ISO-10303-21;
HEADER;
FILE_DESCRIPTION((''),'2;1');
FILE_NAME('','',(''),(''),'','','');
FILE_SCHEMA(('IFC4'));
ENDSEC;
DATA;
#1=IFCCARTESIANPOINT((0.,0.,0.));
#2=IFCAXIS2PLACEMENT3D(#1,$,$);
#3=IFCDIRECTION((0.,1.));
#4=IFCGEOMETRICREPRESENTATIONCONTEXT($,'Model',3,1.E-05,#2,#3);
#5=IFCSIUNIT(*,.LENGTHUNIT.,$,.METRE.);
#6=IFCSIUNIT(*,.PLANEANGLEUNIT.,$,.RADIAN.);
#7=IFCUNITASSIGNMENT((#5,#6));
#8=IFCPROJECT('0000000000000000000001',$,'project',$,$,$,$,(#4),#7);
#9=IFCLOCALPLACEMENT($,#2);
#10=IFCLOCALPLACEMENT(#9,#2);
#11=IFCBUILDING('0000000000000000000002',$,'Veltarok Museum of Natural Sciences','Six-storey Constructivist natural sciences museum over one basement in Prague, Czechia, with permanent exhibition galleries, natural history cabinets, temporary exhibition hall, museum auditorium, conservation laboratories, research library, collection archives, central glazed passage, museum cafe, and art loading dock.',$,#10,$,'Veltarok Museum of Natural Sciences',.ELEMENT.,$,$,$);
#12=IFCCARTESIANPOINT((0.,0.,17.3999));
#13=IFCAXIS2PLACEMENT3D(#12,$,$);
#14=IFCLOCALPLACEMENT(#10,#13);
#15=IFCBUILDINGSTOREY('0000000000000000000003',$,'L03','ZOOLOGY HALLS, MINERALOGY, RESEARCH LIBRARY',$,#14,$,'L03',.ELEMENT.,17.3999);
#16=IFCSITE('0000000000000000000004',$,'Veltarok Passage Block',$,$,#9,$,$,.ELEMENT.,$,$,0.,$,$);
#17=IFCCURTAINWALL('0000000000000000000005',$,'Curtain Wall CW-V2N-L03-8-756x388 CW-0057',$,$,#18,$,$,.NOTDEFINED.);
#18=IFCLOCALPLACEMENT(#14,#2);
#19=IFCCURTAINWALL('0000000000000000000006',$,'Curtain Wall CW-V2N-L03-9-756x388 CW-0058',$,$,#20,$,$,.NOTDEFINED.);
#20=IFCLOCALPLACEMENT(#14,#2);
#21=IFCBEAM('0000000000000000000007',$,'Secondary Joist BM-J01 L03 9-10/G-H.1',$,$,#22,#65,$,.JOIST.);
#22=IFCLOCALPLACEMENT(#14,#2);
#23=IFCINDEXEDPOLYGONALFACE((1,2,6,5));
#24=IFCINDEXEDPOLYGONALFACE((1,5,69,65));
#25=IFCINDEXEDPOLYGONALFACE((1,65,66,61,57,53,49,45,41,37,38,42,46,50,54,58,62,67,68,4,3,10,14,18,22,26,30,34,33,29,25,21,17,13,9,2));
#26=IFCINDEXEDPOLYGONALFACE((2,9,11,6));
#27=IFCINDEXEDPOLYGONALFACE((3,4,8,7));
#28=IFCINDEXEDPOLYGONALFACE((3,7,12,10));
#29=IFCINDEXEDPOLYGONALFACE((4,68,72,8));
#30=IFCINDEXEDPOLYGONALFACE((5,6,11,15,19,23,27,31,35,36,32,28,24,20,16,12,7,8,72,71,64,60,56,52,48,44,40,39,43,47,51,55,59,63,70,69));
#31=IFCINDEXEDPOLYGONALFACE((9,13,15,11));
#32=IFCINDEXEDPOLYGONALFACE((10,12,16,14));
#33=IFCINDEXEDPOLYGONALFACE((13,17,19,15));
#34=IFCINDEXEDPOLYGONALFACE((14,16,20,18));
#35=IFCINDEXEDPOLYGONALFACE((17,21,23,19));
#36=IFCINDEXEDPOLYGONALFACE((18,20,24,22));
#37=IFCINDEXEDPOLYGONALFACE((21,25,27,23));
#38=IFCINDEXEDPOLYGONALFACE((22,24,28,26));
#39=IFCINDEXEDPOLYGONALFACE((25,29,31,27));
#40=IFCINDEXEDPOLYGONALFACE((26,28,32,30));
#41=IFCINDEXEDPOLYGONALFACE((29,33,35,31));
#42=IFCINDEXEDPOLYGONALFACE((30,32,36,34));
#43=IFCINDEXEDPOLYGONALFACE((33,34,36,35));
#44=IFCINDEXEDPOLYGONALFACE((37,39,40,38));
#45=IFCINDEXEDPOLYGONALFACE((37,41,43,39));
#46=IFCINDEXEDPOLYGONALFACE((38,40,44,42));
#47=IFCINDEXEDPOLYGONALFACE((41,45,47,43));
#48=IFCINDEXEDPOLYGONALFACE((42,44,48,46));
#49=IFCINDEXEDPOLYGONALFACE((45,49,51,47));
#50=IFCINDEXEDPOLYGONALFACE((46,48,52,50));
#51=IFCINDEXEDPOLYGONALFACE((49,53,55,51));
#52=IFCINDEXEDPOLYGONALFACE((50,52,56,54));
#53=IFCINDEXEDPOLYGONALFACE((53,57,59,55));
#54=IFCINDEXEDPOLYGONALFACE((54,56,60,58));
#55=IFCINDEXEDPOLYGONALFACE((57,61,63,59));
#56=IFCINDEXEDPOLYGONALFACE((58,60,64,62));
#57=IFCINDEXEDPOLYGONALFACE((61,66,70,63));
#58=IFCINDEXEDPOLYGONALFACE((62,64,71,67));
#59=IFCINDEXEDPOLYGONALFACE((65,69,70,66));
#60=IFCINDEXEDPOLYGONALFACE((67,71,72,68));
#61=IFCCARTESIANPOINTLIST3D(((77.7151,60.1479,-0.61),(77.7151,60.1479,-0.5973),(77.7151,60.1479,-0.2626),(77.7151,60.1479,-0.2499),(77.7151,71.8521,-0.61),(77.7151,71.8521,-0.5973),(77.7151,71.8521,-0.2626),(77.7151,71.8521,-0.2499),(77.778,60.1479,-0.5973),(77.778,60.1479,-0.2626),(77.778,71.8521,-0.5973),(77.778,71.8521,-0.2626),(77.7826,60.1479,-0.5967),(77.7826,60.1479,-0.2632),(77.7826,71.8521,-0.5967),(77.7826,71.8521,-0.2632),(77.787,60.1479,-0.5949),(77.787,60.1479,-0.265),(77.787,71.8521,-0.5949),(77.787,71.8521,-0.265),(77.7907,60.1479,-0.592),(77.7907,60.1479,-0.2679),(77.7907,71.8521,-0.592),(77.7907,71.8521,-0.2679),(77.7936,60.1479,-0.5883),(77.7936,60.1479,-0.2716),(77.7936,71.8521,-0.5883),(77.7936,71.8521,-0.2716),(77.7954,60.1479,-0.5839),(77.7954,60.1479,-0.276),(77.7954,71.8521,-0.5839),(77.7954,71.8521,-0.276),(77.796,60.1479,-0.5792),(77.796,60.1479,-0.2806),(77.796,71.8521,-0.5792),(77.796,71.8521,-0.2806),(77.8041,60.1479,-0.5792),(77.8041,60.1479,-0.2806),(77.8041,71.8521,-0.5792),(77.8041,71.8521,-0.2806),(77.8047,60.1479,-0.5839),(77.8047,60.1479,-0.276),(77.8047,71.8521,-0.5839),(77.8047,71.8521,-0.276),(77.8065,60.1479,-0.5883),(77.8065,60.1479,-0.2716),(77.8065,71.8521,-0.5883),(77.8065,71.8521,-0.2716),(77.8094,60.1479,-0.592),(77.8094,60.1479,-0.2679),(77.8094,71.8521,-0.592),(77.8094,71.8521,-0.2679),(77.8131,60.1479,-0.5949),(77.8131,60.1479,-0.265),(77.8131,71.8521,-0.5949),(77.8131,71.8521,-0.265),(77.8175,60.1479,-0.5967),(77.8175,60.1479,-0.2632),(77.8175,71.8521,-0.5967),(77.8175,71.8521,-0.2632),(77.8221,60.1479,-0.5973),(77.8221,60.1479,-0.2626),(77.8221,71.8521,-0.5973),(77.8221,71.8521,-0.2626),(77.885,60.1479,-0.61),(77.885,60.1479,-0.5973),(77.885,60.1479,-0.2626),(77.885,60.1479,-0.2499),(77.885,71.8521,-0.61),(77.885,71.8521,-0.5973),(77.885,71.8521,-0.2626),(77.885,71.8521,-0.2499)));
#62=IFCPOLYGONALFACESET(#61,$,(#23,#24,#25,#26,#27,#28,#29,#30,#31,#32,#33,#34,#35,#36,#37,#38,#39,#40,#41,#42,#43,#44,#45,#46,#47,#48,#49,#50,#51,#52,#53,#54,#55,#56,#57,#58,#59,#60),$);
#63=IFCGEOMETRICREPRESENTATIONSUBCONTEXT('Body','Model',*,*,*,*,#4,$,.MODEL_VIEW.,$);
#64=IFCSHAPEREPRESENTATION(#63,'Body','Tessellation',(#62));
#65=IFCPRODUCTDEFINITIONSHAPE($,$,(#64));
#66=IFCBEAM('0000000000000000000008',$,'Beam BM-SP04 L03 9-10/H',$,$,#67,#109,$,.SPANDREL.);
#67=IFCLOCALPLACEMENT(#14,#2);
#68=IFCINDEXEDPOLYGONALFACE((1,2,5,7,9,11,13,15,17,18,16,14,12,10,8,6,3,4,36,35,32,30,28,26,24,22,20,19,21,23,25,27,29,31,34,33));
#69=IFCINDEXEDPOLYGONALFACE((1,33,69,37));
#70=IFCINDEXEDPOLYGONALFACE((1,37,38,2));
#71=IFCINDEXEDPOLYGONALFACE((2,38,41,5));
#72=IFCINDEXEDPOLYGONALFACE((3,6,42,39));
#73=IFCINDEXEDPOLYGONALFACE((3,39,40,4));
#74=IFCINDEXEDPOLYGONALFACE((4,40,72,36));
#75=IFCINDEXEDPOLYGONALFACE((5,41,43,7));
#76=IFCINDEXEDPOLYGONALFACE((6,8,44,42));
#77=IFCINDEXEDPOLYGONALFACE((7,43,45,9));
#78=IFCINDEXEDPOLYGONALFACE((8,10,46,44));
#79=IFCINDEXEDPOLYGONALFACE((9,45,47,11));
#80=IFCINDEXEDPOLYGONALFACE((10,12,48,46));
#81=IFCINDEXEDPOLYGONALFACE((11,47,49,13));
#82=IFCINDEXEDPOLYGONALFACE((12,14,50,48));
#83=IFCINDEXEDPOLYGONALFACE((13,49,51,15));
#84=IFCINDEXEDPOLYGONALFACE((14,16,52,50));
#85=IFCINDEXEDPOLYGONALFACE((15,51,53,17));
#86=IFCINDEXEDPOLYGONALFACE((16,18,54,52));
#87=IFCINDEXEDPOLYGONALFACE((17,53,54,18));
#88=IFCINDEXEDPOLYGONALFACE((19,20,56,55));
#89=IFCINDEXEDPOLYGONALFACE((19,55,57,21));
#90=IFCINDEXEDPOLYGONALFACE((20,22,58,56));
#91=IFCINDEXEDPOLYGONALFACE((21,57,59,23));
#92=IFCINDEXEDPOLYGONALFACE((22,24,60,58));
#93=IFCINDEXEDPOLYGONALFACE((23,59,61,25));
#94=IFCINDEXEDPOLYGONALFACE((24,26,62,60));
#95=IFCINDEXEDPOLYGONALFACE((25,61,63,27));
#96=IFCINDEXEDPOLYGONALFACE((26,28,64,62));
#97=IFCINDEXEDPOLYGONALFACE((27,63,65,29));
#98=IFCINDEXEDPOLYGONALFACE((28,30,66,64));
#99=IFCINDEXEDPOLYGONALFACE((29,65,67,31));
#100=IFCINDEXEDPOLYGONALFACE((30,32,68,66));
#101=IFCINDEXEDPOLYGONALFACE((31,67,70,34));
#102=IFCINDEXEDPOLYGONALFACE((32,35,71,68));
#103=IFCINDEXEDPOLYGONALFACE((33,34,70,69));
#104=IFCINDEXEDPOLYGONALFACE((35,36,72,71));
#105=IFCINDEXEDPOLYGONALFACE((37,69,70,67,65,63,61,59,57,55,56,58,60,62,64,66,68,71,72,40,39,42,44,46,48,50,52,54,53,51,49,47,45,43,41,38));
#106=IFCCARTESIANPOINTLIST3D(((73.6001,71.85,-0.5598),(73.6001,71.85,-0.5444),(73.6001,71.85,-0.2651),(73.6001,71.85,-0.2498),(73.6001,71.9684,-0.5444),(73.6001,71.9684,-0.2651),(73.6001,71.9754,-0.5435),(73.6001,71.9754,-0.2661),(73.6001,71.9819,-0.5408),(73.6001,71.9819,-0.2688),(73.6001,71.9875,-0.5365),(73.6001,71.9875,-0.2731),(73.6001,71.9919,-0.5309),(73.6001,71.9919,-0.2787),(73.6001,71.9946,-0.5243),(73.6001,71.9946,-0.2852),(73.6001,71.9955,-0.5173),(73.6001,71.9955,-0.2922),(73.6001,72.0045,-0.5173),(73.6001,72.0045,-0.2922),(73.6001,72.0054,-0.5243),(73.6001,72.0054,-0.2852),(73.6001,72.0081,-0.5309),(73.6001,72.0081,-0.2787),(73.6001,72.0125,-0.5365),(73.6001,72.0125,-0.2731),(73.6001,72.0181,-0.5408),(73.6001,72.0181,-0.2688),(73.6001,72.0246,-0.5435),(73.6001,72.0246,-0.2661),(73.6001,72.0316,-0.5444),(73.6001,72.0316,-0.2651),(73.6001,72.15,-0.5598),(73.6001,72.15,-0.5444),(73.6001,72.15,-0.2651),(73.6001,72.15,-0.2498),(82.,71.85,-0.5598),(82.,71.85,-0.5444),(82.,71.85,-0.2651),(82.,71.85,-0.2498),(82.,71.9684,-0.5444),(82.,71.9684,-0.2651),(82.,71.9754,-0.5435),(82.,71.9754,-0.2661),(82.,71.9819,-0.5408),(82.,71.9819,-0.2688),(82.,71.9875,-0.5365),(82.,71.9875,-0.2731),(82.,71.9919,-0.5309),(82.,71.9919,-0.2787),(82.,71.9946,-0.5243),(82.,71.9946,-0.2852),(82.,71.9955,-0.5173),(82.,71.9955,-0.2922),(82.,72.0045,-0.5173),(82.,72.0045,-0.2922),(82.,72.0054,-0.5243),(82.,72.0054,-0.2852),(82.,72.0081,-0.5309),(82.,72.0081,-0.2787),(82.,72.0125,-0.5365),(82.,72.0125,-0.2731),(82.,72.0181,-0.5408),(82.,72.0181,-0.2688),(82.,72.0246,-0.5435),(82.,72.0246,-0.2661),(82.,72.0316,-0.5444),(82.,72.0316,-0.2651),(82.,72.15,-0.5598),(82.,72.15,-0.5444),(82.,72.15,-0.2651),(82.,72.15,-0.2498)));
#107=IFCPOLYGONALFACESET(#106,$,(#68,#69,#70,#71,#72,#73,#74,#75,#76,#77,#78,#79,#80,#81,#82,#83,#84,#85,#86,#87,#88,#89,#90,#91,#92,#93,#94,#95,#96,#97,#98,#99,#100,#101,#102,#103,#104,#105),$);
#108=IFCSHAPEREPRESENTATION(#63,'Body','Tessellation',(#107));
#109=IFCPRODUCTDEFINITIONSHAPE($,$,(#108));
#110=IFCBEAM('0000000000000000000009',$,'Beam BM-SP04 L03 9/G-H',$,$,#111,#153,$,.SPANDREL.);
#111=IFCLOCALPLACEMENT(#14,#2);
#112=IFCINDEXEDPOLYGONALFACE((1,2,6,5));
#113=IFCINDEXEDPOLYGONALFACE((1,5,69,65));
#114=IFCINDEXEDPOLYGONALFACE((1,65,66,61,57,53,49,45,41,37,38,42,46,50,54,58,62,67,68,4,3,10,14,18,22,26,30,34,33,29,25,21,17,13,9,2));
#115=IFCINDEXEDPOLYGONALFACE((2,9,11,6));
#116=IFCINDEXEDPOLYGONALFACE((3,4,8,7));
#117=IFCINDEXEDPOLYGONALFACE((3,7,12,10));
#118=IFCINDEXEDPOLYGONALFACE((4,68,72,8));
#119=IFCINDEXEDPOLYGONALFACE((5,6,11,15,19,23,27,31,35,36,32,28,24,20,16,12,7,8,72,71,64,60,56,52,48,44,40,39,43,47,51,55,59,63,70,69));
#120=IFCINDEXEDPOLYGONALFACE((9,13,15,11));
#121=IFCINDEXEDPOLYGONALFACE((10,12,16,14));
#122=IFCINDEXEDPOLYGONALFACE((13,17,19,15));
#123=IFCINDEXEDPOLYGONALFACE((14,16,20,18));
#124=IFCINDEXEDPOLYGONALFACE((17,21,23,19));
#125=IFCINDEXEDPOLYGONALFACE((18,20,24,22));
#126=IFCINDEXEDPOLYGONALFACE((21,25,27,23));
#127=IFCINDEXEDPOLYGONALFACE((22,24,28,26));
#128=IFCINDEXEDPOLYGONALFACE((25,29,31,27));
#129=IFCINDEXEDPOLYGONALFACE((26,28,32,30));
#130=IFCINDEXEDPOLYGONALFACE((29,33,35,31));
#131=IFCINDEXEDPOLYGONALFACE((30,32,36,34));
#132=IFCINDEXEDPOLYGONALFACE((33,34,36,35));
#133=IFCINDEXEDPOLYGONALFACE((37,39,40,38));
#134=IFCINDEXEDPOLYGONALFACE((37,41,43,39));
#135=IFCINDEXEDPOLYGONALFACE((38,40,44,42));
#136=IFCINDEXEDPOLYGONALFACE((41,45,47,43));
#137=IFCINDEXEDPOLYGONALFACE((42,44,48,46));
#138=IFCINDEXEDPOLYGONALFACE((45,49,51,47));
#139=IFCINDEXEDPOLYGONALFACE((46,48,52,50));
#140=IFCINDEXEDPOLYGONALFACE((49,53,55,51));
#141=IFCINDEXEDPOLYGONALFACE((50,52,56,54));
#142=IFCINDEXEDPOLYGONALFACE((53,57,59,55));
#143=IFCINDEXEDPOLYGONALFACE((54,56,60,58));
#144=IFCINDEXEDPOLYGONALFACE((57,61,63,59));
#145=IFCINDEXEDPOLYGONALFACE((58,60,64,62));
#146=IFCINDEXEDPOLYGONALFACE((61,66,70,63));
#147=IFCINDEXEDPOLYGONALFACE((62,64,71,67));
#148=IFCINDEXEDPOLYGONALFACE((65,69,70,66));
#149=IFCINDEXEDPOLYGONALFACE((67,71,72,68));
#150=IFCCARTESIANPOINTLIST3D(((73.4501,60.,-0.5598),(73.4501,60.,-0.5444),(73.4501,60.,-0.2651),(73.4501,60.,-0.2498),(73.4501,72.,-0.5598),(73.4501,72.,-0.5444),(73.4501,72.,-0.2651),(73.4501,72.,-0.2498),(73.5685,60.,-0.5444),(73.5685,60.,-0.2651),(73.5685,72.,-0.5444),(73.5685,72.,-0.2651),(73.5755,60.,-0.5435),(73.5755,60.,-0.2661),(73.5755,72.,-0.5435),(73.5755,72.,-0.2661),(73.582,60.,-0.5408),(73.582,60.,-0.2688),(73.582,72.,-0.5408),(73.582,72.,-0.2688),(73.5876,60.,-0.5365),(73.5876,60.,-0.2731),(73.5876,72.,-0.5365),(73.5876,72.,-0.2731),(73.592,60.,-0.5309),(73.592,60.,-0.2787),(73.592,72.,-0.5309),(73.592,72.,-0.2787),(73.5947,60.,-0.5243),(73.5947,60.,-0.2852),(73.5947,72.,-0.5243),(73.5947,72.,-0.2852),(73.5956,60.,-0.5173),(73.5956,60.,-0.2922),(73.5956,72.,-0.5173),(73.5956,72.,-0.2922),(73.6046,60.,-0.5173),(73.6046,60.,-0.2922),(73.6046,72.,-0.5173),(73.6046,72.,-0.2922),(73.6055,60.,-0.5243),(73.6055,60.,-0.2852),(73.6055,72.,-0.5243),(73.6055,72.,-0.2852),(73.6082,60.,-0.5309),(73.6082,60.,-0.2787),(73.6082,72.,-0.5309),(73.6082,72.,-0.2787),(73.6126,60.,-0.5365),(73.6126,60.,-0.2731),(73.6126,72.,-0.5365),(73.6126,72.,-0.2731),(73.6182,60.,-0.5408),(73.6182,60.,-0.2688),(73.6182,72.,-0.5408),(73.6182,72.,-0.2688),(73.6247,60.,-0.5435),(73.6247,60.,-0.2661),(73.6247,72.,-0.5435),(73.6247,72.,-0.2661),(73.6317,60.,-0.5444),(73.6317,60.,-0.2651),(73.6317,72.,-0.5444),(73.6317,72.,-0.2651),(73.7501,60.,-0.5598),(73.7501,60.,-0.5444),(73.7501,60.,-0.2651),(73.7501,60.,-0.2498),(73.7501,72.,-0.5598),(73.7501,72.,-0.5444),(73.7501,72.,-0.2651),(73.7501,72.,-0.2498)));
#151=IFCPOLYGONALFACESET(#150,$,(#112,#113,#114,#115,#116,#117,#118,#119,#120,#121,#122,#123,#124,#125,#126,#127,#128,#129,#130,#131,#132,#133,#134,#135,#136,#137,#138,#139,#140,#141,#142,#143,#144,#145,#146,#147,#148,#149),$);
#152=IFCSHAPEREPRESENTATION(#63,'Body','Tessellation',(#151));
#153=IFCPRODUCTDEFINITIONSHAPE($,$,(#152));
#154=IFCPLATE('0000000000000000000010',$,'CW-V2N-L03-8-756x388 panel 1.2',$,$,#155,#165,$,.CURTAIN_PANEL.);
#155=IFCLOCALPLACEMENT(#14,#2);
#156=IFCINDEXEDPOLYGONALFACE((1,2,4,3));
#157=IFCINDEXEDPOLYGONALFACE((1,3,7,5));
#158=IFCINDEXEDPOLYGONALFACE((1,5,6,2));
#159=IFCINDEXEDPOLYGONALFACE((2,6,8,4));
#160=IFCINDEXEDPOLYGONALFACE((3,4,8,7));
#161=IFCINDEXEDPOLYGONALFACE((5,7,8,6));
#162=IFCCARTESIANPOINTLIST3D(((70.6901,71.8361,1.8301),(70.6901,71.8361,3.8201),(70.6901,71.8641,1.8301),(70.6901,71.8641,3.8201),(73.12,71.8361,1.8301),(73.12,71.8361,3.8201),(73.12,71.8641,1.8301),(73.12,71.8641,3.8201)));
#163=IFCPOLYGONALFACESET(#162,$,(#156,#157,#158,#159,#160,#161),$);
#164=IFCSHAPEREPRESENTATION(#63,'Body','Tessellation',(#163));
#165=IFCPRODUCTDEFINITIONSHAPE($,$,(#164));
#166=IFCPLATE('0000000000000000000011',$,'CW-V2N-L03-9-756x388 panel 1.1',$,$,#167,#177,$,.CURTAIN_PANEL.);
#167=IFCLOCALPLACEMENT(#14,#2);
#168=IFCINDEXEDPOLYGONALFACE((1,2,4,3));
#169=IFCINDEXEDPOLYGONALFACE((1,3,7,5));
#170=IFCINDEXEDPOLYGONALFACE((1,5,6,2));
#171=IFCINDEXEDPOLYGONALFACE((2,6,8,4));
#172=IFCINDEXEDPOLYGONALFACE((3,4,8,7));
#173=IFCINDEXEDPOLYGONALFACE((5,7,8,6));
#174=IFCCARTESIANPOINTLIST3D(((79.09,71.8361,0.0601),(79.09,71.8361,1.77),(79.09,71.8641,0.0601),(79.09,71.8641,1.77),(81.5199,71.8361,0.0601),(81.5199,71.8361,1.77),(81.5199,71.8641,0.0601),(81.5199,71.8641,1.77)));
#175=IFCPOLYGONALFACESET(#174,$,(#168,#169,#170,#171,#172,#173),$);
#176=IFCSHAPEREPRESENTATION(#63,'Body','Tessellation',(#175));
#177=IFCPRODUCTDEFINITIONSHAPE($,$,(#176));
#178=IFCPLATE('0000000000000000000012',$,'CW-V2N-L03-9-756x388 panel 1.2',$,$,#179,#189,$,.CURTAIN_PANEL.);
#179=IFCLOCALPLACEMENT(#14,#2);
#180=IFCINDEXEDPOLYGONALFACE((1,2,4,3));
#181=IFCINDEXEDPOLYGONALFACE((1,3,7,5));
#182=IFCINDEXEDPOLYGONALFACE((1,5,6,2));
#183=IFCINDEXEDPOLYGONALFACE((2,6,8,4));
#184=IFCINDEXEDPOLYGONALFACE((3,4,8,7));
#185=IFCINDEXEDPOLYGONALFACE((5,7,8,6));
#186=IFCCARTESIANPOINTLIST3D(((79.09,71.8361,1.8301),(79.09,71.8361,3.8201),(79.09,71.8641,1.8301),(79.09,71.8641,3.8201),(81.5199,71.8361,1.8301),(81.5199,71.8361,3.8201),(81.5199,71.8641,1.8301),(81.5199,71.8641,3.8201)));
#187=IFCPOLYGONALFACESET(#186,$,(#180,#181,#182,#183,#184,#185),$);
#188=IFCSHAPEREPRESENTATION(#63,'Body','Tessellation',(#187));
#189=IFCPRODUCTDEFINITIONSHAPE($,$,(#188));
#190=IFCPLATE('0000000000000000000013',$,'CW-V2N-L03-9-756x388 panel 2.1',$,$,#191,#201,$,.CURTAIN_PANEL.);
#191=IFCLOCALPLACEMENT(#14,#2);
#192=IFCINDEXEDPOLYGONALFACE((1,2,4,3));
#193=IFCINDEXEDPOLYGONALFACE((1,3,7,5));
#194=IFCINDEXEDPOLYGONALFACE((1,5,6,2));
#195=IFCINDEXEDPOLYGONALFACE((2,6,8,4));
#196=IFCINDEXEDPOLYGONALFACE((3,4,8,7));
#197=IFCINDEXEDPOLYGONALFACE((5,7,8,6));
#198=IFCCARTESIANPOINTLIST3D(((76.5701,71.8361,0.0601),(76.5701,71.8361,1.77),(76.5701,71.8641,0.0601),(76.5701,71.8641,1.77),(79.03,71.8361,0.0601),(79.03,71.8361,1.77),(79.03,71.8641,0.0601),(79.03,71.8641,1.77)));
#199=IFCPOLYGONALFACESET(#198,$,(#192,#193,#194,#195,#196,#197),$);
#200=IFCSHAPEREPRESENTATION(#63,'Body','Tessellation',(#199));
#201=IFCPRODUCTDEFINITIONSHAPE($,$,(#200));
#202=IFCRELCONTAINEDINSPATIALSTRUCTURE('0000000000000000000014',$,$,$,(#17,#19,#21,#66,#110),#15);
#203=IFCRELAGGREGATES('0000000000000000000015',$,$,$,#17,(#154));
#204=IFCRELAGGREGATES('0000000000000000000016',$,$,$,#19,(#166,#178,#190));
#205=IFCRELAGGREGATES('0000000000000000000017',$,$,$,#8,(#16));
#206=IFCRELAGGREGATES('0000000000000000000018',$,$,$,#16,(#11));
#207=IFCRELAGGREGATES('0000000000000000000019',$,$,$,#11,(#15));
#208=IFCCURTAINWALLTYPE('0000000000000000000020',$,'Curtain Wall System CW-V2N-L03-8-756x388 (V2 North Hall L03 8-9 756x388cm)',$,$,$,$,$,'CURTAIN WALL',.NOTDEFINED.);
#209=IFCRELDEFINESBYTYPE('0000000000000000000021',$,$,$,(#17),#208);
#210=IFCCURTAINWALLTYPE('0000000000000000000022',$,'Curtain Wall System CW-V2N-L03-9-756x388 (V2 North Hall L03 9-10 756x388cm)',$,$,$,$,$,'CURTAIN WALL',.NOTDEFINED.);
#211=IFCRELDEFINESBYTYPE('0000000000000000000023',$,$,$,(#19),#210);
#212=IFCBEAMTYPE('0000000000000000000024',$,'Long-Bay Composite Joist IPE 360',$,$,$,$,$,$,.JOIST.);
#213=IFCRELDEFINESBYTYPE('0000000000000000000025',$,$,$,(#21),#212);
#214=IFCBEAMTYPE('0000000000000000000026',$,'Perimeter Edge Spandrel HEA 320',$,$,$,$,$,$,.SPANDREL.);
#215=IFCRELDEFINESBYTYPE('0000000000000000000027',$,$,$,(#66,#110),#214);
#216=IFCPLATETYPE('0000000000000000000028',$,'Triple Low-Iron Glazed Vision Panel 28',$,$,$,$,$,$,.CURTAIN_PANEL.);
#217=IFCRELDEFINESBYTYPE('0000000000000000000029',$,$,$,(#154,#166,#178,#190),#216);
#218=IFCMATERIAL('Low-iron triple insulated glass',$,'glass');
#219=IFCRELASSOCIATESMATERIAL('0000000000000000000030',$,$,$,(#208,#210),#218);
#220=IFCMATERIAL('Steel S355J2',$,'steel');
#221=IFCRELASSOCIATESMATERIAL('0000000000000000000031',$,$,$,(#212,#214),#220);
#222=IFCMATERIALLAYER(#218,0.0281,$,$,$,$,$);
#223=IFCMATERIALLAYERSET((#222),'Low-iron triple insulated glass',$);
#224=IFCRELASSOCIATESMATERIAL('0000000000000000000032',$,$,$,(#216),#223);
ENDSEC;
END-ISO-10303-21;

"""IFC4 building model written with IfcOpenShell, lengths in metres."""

from ifc_helpers import new_model, si_unit, direction, frame, origin, origin_2d, place, context, subcontext, project, spatial, rectangle, i_section, extrude, material, layer, layer_set, material_profile, profile_set, type_object, element, aggregate, save


model = new_model("IFC4")

# Units and contexts
model_context = context("Model", 3, precision=1e-05, world=origin(), true_north=direction((0.0, 1.0)))
body_context = subcontext(model_context, "Body", "Model", "MODEL_VIEW")
ifc_project = project(units=[si_unit("LENGTHUNIT", "METRE"), si_unit("PLANEANGLEUNIT", "RADIAN")], contexts=[model_context])

# Site, building, storey
site_placement = place(None, origin())
site = spatial("IfcSite", under=ifc_project, at=site_placement, Name="Veltarok Passage Block", CompositionType="ELEMENT", RefElevation=0.0)
building_placement = place(site_placement, origin())
building = spatial("IfcBuilding", under=site, at=building_placement, Name="Veltarok Museum of Natural Sciences", Description="Six-storey Constructivist natural sciences museum over one basement in Prague, Czechia, with permanent exhibition galleries, natural history cabinets, temporary exhibition hall, museum auditorium, conservation laboratories, research library, collection archives, central glazed passage, museum cafe, and art loading dock.", LongName="Veltarok Museum of Natural Sciences", CompositionType="ELEMENT")
storey_placement = place(building_placement, frame((0.0, 0.0, 17.3999)))
storey = spatial("IfcBuildingStorey", under=building, at=storey_placement, Name="L03", Description="ZOOLOGY HALLS, MINERALOGY, RESEARCH LIBRARY", LongName="L03", CompositionType="ELEMENT", Elevation=17.3999)

# Shared definitions
ifc_material_1 = material(Name="Steel S355J2", Category="steel")

# Curtain walls
ifc_material_2 = material(Name="Low-iron triple insulated glass", Category="glass")
curtain_wall_type_1 = type_object("IfcCurtainWallType", Name="Curtain Wall System CW-V2N-L03-8-756x388 (V2 North Hall L03 8-9 756x388cm)", ElementType="CURTAIN WALL", PredefinedType="NOTDEFINED", material=ifc_material_2)
curtain_wall_1_placement = place(storey_placement, origin())
curtain_wall_1 = element("IfcCurtainWall", 1, at=curtain_wall_1_placement, inside=storey, type_object=curtain_wall_type_1, Name="Curtain Wall CW-V2N-L03-8-756x388 CW-0057", PredefinedType="NOTDEFINED")
curtain_wall_type_2 = type_object("IfcCurtainWallType", Name="Curtain Wall System CW-V2N-L03-9-756x388 (V2 North Hall L03 9-10 756x388cm)", ElementType="CURTAIN WALL", PredefinedType="NOTDEFINED", material=ifc_material_2)
curtain_wall_2_placement = place(storey_placement, origin())
curtain_wall_2 = element("IfcCurtainWall", 2, at=curtain_wall_2_placement, inside=storey, type_object=curtain_wall_type_2, Name="Curtain Wall CW-V2N-L03-9-756x388 CW-0058", PredefinedType="NOTDEFINED")

# Beams
ifc_material_profile_1 = material_profile(ifc_material_1, i_section(OverallWidth=0.1699, OverallDepth=0.3601, WebThickness=0.0081, FlangeThickness=0.0127, FilletRadius=0.0181, at=origin_2d()), Name="IPE 360")
ifc_profile_set_1 = profile_set([ifc_material_profile_1], Name="Steel S355J2")
beam_type_1 = type_object("IfcBeamType", Name="Long-Bay Composite Joist IPE 360", PredefinedType="JOIST", material=ifc_profile_set_1)
beam_1_placement = place(storey_placement, frame((77.8, 60.1479, -0.4299), z_axis=(0.0, 1.0, 0.0), x_axis=(-1.0, 0.0, 0.0)))
element("IfcBeam", 3, at=beam_1_placement, inside=storey, type_object=beam_type_1, Name="Secondary Joist BM-J01 L03 9-10/G-H.1", PredefinedType="JOIST", context=body_context, shape_type="SweptSolid", body=[
    extrude(i_section(OverallWidth=0.1699, OverallDepth=0.3601, WebThickness=0.0081, FlangeThickness=0.0127, FilletRadius=0.0181, at=origin_2d()), origin(), (0.0, 0.0, 1.0), 11.7041),
])
ifc_material_profile_2 = material_profile(ifc_material_1, i_section(OverallWidth=0.3, OverallDepth=0.3101, WebThickness=0.009, FlangeThickness=0.0154, FilletRadius=0.0271, at=origin_2d()), Name="HEA 320")
ifc_profile_set_2 = profile_set([ifc_material_profile_2], Name="Steel S355J2")
beam_type_2 = type_object("IfcBeamType", Name="Perimeter Edge Spandrel HEA 320", PredefinedType="SPANDREL", material=ifc_profile_set_2)
beam_2_placement = place(storey_placement, frame((73.6001, 72.0, -0.4048), z_axis=(1.0, 0.0, 0.0), x_axis=(0.0, 1.0, 0.0)))
element("IfcBeam", 4, at=beam_2_placement, inside=storey, type_object=beam_type_2, Name="Beam BM-SP04 L03 9-10/H", PredefinedType="SPANDREL", context=body_context, shape_type="SweptSolid", body=[
    extrude(i_section(OverallWidth=0.3, OverallDepth=0.3101, WebThickness=0.009, FlangeThickness=0.0154, FilletRadius=0.0271, at=origin_2d()), origin(), (0.0, 0.0, 1.0), 8.3999),
])
beam_3_placement = place(storey_placement, frame((73.6001, 60.0, -0.4048), z_axis=(0.0, 1.0, 0.0), x_axis=(-1.0, 0.0, 0.0)))
element("IfcBeam", 5, at=beam_3_placement, inside=storey, type_object=beam_type_2, Name="Beam BM-SP04 L03 9/G-H", PredefinedType="SPANDREL", context=body_context, shape_type="SweptSolid", body=[
    extrude(i_section(OverallWidth=0.3, OverallDepth=0.3101, WebThickness=0.009, FlangeThickness=0.0154, FilletRadius=0.0271, at=origin_2d()), origin(), (0.0, 0.0, 1.0), 12.0),
])

# Plates
ifc_layer = layer(ifc_material_2, 0.0281)
ifc_layer_set = layer_set([ifc_layer], Name="Low-iron triple insulated glass")
plate_type = type_object("IfcPlateType", Name="Triple Low-Iron Glazed Vision Panel 28", PredefinedType="CURTAIN_PANEL", material=ifc_layer_set)
plate_1_placement = place(storey_placement, frame((71.905, 71.8501, 1.8301), z_axis=(0.0, 0.0, 1.0), x_axis=(-1.0, 0.0, 0.0)))
plate_1 = element("IfcPlate", 6, at=plate_1_placement, type_object=plate_type, Name="CW-V2N-L03-8-756x388 panel 1.2", PredefinedType="CURTAIN_PANEL", context=body_context, shape_type="SweptSolid", body=[
    extrude(rectangle(XDim=2.4299, YDim=0.0281, at=origin_2d()), origin(), (0.0, 0.0, 1.0), 1.99),
])
aggregate(curtain_wall_1, [plate_1])
plate_2_placement = place(storey_placement, frame((80.3049, 71.8501, 0.0601), z_axis=(0.0, 0.0, 1.0), x_axis=(-1.0, 0.0, 0.0)))
plate_2 = element("IfcPlate", 7, at=plate_2_placement, type_object=plate_type, Name="CW-V2N-L03-9-756x388 panel 1.1", PredefinedType="CURTAIN_PANEL", context=body_context, shape_type="SweptSolid", body=[
    extrude(rectangle(XDim=2.4299, YDim=0.0281, at=origin_2d()), origin(), (0.0, 0.0, 1.0), 1.71),
])
plate_3_placement = place(storey_placement, frame((80.3049, 71.8501, 1.8301), z_axis=(0.0, 0.0, 1.0), x_axis=(-1.0, 0.0, 0.0)))
plate_3 = element("IfcPlate", 8, at=plate_3_placement, type_object=plate_type, Name="CW-V2N-L03-9-756x388 panel 1.2", PredefinedType="CURTAIN_PANEL", context=body_context, shape_type="SweptSolid", body=[
    extrude(rectangle(XDim=2.4299, YDim=0.0281, at=origin_2d()), origin(), (0.0, 0.0, 1.0), 1.99),
])
plate_4_placement = place(storey_placement, frame((77.8, 71.8501, 0.0601), z_axis=(0.0, 0.0, 1.0), x_axis=(-1.0, 0.0, 0.0)))
plate_4 = element("IfcPlate", 9, at=plate_4_placement, type_object=plate_type, Name="CW-V2N-L03-9-756x388 panel 2.1", PredefinedType="CURTAIN_PANEL", context=body_context, shape_type="SweptSolid", body=[
    extrude(rectangle(XDim=2.46, YDim=0.0281, at=origin_2d()), origin(), (0.0, 0.0, 1.0), 1.71),
])
aggregate(curtain_wall_2, [plate_2, plate_3, plate_4])

save(model, "model.ifc")
